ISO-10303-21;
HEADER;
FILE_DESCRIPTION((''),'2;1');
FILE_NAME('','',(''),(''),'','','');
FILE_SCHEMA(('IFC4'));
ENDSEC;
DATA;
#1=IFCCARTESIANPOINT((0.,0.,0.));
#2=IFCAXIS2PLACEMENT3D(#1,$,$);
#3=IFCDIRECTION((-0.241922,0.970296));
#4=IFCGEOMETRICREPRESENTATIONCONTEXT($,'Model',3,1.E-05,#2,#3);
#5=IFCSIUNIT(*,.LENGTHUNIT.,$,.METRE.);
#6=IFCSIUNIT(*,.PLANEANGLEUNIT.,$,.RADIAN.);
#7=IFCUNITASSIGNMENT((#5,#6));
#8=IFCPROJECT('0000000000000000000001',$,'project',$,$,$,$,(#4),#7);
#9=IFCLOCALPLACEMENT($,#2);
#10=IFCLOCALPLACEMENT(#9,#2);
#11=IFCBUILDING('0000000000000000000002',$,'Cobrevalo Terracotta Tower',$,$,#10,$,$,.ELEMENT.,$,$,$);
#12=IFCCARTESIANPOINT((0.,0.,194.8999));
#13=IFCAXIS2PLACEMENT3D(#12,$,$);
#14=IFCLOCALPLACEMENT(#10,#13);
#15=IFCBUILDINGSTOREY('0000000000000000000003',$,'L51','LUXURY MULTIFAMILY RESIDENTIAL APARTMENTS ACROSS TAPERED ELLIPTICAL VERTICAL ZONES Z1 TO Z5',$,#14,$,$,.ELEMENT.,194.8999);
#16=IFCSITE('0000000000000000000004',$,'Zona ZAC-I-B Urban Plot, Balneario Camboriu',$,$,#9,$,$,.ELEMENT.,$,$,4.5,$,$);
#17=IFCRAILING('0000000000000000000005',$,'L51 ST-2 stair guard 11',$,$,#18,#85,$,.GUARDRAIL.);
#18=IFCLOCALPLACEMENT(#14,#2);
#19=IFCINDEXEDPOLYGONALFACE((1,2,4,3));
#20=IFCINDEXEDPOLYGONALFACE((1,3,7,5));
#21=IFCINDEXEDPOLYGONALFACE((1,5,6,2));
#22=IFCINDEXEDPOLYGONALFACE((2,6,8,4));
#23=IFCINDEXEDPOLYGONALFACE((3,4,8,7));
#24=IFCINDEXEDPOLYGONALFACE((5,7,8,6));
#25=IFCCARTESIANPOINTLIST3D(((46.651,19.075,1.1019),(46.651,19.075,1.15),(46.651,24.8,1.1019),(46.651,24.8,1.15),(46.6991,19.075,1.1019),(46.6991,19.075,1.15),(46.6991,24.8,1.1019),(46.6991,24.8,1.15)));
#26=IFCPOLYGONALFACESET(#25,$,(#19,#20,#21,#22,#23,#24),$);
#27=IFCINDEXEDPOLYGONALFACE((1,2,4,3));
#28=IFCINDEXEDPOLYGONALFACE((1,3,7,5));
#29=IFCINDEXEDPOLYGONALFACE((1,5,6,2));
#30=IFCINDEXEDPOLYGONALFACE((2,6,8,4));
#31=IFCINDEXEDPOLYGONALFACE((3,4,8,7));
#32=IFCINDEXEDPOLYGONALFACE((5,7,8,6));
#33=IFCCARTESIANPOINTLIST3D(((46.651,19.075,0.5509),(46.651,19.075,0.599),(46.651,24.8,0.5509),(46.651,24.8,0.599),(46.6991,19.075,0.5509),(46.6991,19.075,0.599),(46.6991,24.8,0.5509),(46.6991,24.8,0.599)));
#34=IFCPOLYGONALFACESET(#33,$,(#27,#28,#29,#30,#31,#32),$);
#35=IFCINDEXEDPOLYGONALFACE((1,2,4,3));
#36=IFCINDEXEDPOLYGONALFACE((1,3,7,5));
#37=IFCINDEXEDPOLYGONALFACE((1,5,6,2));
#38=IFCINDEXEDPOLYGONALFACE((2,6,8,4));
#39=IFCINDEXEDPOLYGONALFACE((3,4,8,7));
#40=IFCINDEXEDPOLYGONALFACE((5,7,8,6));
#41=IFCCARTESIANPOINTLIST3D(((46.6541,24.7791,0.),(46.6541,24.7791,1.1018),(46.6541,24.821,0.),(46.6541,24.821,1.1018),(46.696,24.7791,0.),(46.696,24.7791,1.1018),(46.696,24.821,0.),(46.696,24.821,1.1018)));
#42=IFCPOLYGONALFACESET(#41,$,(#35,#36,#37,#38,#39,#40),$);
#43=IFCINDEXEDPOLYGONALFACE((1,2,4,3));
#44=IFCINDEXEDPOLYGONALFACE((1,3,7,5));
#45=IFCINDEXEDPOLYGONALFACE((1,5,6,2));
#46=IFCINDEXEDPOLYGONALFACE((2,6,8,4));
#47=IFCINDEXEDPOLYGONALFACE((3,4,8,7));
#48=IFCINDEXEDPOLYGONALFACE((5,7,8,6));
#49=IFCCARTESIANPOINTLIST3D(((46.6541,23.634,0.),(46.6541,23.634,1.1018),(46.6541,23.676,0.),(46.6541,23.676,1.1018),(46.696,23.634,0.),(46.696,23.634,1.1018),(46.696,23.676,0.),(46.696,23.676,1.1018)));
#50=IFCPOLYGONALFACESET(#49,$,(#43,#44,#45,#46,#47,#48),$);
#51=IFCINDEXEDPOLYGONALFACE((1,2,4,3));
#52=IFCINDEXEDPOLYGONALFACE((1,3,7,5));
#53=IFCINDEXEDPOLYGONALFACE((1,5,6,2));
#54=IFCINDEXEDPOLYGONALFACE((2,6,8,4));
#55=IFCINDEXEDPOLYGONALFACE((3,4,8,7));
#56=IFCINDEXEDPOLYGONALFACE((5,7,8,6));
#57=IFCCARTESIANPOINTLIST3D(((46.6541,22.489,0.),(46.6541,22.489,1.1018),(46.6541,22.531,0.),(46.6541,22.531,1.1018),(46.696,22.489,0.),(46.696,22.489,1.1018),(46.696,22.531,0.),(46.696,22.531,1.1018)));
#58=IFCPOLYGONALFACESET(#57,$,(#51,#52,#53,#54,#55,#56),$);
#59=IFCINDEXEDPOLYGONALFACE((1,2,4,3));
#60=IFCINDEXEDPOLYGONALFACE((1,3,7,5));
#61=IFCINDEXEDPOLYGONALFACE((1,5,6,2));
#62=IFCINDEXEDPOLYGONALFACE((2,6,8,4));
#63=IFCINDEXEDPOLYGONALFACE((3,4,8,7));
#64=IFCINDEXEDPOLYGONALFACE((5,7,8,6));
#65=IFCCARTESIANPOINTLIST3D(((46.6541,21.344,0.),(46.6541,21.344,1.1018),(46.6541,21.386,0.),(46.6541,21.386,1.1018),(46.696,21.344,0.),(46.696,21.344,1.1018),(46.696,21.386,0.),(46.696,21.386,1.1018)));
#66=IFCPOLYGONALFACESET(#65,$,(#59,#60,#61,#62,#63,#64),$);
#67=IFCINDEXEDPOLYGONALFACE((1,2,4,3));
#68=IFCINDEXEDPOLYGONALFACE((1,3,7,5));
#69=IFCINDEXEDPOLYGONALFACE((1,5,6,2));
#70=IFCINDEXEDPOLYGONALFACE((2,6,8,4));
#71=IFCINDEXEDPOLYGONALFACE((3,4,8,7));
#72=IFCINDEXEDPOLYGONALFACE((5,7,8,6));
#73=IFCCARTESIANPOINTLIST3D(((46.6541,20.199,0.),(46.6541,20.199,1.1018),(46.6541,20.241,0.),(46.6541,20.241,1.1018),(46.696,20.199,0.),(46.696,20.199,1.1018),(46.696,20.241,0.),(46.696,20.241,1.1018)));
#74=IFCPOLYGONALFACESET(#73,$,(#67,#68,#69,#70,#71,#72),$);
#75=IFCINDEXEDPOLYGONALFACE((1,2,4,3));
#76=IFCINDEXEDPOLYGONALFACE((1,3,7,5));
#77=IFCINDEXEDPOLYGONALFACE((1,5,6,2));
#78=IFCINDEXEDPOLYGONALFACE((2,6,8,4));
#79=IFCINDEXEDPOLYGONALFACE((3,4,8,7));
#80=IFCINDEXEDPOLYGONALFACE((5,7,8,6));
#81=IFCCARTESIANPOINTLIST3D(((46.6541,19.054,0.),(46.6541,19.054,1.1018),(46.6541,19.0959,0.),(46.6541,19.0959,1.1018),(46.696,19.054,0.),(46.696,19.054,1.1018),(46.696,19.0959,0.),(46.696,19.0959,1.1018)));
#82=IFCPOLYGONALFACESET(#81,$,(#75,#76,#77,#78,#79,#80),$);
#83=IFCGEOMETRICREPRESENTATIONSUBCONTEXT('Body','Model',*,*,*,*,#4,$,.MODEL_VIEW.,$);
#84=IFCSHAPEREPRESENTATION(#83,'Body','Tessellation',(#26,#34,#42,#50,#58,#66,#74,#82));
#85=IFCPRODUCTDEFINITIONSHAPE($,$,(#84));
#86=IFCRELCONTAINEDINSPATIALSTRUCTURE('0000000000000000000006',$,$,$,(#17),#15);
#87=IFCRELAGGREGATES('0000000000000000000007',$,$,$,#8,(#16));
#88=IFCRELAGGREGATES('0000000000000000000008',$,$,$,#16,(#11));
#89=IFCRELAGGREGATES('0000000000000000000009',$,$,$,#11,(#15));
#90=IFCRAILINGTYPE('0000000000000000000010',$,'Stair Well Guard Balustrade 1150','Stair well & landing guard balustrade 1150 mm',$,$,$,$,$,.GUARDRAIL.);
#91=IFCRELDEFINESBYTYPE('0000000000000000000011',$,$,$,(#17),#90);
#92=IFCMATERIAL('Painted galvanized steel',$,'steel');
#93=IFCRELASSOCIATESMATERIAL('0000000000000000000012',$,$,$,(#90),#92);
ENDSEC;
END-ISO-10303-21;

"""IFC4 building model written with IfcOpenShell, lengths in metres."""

from ifc_helpers import new_model, si_unit, direction, frame, origin, origin_2d, place, context, subcontext, project, spatial, rectangle, extrude, material, type_object, element, save


model = new_model("IFC4")

# Units and contexts
model_context = context("Model", 3, precision=1e-05, world=origin(), true_north=direction((-0.241922, 0.970296)))
body_context = subcontext(model_context, "Body", "Model", "MODEL_VIEW")
ifc_project = project(units=[si_unit("LENGTHUNIT", "METRE"), si_unit("PLANEANGLEUNIT", "RADIAN")], contexts=[model_context])

# Site, building, storey
site_placement = place(None, origin())
site = spatial("IfcSite", under=ifc_project, at=site_placement, Name="Zona ZAC-I-B Urban Plot, Balneario Camboriu", CompositionType="ELEMENT", RefElevation=4.5)
building_placement = place(site_placement, origin())
building = spatial("IfcBuilding", under=site, at=building_placement, Name="Cobrevalo Terracotta Tower", CompositionType="ELEMENT")
storey_placement = place(building_placement, frame((0.0, 0.0, 194.8999)))
storey = spatial("IfcBuildingStorey", under=building, at=storey_placement, Name="L51", Description="LUXURY MULTIFAMILY RESIDENTIAL APARTMENTS ACROSS TAPERED ELLIPTICAL VERTICAL ZONES Z1 TO Z5", CompositionType="ELEMENT", Elevation=194.8999)

# Railing
ifc_material_1 = material(Name="Painted galvanized steel", Category="steel")
railing_type_1 = type_object("IfcRailingType", Name="Stair Well Guard Balustrade 1150", Description="Stair well & landing guard balustrade 1150 mm", PredefinedType="GUARDRAIL", material=ifc_material_1)
for number, where, name in (
    (1, (46.675, 24.8, 0.0), "L51 ST-2 stair guard 11"),
):
    element("IfcRailing", number, at=place(storey_placement, frame(where)), inside=storey, type_object=railing_type_1, Name=name, PredefinedType="GUARDRAIL", context=body_context, shape_type="SweptSolid", body=[
        extrude(rectangle(XDim=0.0481, YDim=0.0481, at=origin_2d()), frame((0.0, 0.0, 1.126), z_axis=(0.0, -1.0, 0.0), x_axis=(1.0, 0.0, 0.0)), (0.0, 0.0, 1.0), 5.7251),
        extrude(rectangle(XDim=0.0481, YDim=0.0481, at=origin_2d()), frame((0.0, 0.0, 0.575), z_axis=(0.0, -1.0, 0.0), x_axis=(1.0, 0.0, 0.0)), (0.0, 0.0, 1.0), 5.7251),
        extrude(rectangle(XDim=0.042, YDim=0.042, at=origin_2d()), origin(), (0.0, 0.0, 1.0), 1.1018),
        extrude(rectangle(XDim=0.042, YDim=0.042, at=origin_2d()), frame((0.0, -1.145, 0.0)), (0.0, 0.0, 1.0), 1.1018),
        extrude(rectangle(XDim=0.042, YDim=0.042, at=origin_2d()), frame((0.0, -2.29, 0.0)), (0.0, 0.0, 1.0), 1.1018),
        extrude(rectangle(XDim=0.042, YDim=0.042, at=origin_2d()), frame((0.0, -3.4351, 0.0)), (0.0, 0.0, 1.0), 1.1018),
        extrude(rectangle(XDim=0.042, YDim=0.042, at=origin_2d()), frame((0.0, -4.5801, 0.0)), (0.0, 0.0, 1.0), 1.1018),
        extrude(rectangle(XDim=0.042, YDim=0.042, at=origin_2d()), frame((0.0, -5.7251, 0.0)), (0.0, 0.0, 1.0), 1.1018),
    ])

save(model, "model.ifc")
